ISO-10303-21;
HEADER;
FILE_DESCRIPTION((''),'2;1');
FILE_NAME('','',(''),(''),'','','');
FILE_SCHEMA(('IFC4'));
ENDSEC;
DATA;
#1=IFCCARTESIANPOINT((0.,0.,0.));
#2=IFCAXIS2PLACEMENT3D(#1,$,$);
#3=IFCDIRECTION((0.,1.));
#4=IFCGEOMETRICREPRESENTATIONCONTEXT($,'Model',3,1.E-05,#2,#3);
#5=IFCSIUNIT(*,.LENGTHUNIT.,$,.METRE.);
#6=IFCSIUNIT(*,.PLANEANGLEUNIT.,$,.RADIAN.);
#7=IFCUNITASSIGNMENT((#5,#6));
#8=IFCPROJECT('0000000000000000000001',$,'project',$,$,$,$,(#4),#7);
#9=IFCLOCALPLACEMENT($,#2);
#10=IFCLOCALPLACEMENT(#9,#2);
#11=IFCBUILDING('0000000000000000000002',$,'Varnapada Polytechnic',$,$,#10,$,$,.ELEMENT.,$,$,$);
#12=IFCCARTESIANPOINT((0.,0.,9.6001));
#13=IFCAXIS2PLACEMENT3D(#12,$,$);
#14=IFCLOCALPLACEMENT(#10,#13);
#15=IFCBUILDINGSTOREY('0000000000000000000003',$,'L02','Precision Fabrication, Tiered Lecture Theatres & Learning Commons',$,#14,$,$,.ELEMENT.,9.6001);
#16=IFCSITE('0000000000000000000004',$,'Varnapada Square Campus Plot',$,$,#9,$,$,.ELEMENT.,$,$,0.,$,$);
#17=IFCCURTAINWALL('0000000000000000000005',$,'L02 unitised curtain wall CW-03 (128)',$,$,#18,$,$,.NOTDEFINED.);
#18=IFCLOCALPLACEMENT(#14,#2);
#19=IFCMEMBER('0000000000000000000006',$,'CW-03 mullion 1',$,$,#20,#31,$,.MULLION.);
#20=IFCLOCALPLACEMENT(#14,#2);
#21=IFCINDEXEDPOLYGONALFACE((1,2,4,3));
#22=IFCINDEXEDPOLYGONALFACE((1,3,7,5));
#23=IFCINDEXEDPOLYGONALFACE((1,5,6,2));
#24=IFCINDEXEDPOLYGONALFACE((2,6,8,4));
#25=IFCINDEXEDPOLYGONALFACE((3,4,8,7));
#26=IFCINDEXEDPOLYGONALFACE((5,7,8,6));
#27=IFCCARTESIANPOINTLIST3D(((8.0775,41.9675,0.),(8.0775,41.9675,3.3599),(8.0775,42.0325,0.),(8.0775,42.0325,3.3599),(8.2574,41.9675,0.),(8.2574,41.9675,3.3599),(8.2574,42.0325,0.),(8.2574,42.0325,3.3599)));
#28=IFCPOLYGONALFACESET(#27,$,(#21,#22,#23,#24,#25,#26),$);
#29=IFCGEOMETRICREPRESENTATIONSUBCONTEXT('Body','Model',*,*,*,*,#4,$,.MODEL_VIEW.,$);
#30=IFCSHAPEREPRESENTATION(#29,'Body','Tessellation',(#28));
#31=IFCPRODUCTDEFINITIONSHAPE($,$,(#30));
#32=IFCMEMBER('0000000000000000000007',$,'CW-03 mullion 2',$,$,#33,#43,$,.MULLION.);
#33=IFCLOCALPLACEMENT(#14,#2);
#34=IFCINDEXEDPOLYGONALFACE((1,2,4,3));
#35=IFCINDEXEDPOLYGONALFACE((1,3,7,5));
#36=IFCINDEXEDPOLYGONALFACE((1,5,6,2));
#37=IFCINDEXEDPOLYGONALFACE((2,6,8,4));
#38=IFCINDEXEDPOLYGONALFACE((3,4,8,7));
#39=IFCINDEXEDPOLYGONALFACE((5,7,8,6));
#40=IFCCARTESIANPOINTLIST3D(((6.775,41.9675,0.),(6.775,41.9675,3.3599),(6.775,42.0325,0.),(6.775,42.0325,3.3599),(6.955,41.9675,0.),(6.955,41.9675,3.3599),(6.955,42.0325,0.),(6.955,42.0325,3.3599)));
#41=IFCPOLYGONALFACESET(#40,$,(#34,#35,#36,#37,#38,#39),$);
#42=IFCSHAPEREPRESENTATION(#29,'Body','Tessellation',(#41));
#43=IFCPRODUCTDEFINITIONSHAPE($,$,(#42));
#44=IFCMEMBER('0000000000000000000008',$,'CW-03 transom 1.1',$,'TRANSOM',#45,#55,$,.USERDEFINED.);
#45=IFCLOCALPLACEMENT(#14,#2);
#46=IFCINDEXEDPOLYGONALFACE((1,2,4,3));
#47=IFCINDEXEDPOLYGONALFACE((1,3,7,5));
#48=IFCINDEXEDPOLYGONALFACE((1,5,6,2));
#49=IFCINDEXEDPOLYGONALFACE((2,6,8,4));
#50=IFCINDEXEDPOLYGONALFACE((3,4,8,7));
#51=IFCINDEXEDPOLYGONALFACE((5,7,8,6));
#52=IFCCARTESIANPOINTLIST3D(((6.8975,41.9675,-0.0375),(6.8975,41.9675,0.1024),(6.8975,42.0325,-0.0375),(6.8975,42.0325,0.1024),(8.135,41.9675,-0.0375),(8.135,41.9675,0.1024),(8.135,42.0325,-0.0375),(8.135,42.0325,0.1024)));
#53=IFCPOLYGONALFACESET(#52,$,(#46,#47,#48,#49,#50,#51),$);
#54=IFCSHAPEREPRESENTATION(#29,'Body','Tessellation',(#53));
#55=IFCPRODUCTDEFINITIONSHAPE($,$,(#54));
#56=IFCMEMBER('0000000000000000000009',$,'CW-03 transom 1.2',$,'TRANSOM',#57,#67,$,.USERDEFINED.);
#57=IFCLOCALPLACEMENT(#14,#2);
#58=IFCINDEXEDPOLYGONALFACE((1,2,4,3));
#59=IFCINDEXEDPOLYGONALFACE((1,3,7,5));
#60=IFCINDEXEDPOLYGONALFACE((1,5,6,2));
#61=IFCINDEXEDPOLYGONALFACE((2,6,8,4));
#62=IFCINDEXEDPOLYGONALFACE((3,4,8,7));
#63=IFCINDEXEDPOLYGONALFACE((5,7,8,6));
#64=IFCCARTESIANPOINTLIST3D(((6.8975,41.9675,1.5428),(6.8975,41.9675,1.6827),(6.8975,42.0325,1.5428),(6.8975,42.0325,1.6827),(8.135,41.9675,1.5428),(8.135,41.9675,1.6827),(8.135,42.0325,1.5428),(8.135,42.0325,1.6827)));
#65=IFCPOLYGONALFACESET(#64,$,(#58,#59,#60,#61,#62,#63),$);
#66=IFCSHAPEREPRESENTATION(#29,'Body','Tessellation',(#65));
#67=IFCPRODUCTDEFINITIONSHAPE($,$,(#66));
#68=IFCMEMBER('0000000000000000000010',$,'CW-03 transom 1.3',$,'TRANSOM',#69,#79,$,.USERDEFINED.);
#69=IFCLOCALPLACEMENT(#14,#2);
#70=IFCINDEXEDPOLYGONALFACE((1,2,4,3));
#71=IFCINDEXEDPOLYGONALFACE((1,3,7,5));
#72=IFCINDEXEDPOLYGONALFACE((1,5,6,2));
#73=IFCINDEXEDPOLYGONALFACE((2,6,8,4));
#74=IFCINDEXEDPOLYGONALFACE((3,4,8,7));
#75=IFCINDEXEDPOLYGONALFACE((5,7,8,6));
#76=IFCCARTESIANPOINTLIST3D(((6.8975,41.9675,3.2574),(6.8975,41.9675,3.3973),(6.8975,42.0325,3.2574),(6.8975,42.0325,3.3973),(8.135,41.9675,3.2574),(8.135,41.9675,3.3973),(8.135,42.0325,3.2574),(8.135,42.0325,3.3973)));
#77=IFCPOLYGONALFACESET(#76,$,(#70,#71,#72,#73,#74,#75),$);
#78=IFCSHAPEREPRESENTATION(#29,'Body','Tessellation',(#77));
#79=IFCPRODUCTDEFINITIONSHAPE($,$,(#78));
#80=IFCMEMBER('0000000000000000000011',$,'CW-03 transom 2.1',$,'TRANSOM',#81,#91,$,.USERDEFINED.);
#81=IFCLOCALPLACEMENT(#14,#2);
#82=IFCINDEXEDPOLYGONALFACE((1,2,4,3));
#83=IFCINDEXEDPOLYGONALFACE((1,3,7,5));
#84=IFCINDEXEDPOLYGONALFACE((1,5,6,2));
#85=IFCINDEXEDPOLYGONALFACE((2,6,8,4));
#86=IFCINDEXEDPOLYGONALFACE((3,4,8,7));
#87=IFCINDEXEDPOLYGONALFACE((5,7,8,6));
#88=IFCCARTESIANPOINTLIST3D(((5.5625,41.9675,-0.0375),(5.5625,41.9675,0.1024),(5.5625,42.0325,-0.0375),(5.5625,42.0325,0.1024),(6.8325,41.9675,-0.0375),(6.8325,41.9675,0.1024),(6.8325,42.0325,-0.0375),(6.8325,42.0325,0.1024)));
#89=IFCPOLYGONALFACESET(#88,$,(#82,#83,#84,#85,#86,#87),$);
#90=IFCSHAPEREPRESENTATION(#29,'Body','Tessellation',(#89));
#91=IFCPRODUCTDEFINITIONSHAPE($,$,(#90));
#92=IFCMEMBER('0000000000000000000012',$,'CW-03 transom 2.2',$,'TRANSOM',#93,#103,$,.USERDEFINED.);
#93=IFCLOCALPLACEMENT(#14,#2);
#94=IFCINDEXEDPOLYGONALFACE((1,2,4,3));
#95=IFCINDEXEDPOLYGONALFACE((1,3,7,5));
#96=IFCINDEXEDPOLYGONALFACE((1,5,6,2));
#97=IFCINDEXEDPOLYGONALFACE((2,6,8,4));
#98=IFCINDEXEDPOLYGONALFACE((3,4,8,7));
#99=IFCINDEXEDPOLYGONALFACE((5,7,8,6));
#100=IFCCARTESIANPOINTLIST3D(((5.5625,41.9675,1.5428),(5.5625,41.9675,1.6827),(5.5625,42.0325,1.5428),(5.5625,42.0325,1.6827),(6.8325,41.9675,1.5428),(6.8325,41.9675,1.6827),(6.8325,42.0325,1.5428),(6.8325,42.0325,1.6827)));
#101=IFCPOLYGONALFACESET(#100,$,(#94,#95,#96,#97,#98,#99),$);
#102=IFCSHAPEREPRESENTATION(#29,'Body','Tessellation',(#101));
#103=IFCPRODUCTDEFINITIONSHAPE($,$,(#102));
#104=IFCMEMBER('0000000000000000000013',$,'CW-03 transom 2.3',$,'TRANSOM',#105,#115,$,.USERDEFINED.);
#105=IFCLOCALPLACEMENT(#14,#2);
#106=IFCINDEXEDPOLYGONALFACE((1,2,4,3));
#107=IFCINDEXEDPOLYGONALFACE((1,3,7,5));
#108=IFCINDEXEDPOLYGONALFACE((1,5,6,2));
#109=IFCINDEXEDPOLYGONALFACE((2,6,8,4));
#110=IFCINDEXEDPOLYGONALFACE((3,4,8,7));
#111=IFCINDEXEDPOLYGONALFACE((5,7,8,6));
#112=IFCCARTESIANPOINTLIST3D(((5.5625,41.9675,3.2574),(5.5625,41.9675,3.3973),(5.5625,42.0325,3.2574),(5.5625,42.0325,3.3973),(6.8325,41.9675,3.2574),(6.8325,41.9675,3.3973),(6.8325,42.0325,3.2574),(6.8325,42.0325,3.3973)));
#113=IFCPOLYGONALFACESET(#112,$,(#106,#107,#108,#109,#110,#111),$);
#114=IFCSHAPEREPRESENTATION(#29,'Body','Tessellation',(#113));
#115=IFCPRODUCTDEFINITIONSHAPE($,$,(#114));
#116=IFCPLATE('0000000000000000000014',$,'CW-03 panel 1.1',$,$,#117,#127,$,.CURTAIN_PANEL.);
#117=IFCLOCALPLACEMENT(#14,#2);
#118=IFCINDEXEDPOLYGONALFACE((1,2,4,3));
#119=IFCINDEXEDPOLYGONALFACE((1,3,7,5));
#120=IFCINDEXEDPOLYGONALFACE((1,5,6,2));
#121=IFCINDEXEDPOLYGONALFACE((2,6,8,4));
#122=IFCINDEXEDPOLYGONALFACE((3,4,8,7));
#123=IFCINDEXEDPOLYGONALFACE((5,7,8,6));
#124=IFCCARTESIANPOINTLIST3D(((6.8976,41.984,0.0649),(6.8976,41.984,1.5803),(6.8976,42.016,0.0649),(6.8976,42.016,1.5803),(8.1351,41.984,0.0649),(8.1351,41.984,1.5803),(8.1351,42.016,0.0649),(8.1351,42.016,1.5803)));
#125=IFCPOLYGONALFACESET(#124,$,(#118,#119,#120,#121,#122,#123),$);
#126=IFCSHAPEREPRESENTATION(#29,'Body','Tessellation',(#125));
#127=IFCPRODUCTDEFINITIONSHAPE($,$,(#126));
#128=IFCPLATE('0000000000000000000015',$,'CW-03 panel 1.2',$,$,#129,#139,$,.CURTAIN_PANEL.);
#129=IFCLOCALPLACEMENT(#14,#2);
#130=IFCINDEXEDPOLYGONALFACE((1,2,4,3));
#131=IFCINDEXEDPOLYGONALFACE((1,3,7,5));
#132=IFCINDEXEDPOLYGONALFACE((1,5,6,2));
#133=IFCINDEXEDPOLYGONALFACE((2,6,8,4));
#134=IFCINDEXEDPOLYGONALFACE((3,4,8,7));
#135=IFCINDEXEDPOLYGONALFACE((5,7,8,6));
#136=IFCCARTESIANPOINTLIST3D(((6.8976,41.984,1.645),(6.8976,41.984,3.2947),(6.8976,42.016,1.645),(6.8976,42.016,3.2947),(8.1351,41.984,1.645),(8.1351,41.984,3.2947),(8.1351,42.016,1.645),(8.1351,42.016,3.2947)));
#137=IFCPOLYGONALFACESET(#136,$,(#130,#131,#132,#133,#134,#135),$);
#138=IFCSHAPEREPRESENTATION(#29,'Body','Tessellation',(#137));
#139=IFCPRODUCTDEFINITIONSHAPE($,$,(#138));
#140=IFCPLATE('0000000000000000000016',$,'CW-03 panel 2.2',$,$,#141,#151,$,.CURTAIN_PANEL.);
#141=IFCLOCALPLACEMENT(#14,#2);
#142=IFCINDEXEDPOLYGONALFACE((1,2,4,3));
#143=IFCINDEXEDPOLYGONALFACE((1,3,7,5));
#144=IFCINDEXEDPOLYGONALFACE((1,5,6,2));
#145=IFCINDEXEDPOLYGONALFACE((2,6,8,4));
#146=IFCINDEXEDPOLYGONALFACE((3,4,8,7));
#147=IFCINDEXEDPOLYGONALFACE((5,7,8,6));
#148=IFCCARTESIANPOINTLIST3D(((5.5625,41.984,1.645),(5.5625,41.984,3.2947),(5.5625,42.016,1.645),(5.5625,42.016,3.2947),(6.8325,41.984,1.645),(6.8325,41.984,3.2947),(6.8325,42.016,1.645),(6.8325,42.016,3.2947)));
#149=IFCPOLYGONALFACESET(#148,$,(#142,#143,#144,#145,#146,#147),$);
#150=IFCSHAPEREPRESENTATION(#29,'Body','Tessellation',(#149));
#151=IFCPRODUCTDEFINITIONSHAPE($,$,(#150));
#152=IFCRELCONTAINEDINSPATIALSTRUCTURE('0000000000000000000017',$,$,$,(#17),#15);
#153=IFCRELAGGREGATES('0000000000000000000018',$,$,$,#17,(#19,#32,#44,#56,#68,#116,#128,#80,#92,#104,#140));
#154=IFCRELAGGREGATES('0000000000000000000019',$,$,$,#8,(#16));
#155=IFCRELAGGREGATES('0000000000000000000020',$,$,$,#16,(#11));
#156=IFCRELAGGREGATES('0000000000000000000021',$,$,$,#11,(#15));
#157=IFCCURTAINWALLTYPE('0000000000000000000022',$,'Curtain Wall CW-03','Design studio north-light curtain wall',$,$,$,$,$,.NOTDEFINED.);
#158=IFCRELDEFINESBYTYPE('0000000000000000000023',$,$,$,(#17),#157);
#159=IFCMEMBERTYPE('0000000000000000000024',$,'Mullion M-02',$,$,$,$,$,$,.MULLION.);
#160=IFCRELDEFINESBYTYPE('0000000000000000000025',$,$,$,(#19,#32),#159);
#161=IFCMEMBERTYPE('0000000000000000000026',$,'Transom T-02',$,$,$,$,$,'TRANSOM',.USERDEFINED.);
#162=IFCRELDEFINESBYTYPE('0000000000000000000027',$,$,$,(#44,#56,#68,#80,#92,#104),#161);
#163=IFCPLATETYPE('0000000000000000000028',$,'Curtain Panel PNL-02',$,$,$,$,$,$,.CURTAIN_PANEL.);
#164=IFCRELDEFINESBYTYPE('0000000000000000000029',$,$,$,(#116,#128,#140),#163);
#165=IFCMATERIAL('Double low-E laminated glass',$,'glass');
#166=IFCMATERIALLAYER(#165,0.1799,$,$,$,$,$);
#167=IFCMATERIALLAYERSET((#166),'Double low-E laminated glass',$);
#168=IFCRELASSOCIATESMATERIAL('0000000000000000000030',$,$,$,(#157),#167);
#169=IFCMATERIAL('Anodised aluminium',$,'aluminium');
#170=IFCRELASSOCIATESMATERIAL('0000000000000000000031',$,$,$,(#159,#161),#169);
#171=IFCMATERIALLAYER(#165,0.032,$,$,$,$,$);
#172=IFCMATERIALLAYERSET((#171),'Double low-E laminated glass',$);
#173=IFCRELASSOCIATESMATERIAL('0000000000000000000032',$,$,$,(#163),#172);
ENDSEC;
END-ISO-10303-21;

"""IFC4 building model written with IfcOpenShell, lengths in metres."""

from ifc_helpers import new_model, si_unit, direction, frame, origin, origin_2d, place, context, subcontext, project, spatial, rectangle, extrude, material, layer, layer_set, material_profile, profile_set, type_object, element, aggregate, save


model = new_model("IFC4")

# Units and contexts
model_context = context("Model", 3, precision=1e-05, world=origin(), true_north=direction((0.0, 1.0)))
body_context = subcontext(model_context, "Body", "Model", "MODEL_VIEW")
ifc_project = project(units=[si_unit("LENGTHUNIT", "METRE"), si_unit("PLANEANGLEUNIT", "RADIAN")], contexts=[model_context])

# Site, building, storey
site_placement = place(None, origin())
site = spatial("IfcSite", under=ifc_project, at=site_placement, Name="Varnapada Square Campus Plot", CompositionType="ELEMENT", RefElevation=0.0)
building_placement = place(site_placement, origin())
building = spatial("IfcBuilding", under=site, at=building_placement, Name="Varnapada Polytechnic", CompositionType="ELEMENT")
storey_placement = place(building_placement, frame((0.0, 0.0, 9.6001)))
storey = spatial("IfcBuildingStorey", under=building, at=storey_placement, Name="L02", Description="Precision Fabrication, Tiered Lecture Theatres & Learning Commons", CompositionType="ELEMENT", Elevation=9.6001)

# Curtain wall, members, plates
ifc_material_1 = material(Name="Double low-E laminated glass", Category="glass")
ifc_layer_1 = layer(ifc_material_1, 0.1799)
ifc_layer_set_1 = layer_set([ifc_layer_1], Name="Double low-E laminated glass")
curtain_wall_type = type_object("IfcCurtainWallType", Name="Curtain Wall CW-03", Description="Design studio north-light curtain wall", PredefinedType="NOTDEFINED", material=ifc_layer_set_1)
curtain_wall_placement = place(storey_placement, origin())
curtain_wall = element("IfcCurtainWall", 1, at=curtain_wall_placement, inside=storey, type_object=curtain_wall_type, Name="L02 unitised curtain wall CW-03 (128)", PredefinedType="NOTDEFINED")
ifc_material_2 = material(Name="Anodised aluminium", Category="aluminium")
ifc_material_profile_1 = material_profile(ifc_material_2, rectangle(XDim=0.0649, YDim=0.1799, at=origin_2d()), Name="ALU M65x180")
ifc_profile_set_1 = profile_set([ifc_material_profile_1], Name="Anodised aluminium")
member_type_1 = type_object("IfcMemberType", Name="Mullion M-02", PredefinedType="MULLION", material=ifc_profile_set_1)
member_1_placement = place(storey_placement, frame((8.1675, 42.0, 0.0), z_axis=(0.0, 0.0, 1.0), x_axis=(0.0, -1.0, 0.0)))
member_1 = element("IfcMember", 2, at=member_1_placement, type_object=member_type_1, Name="CW-03 mullion 1", PredefinedType="MULLION", context=body_context, shape_type="SweptSolid", body=[
    extrude(rectangle(XDim=0.0649, YDim=0.1799, at=origin_2d()), origin(), (0.0, 0.0, 1.0), 3.3599),
])
member_2_placement = place(storey_placement, frame((6.865, 42.0, 0.0), z_axis=(0.0, 0.0, 1.0), x_axis=(0.0, -1.0, 0.0)))
member_2 = element("IfcMember", 3, at=member_2_placement, type_object=member_type_1, Name="CW-03 mullion 2", PredefinedType="MULLION", context=body_context, shape_type="SweptSolid", body=[
    extrude(rectangle(XDim=0.0649, YDim=0.1799, at=origin_2d()), origin(), (0.0, 0.0, 1.0), 3.3599),
])
ifc_material_profile_2 = material_profile(ifc_material_2, rectangle(XDim=0.0649, YDim=0.1399, at=origin_2d()), Name="ALU T65x140")
ifc_profile_set_2 = profile_set([ifc_material_profile_2], Name="Anodised aluminium")
member_type_2 = type_object("IfcMemberType", Name="Transom T-02", ElementType="TRANSOM", PredefinedType="USERDEFINED", material=ifc_profile_set_2)
member_3_placement = place(storey_placement, frame((8.135, 42.0, 0.0325), z_axis=(-1.0, 0.0, 0.0), x_axis=(0.0, -1.0, 0.0)))
member_3 = element("IfcMember", 4, at=member_3_placement, type_object=member_type_2, Name="CW-03 transom 1.1", ObjectType="TRANSOM", PredefinedType="USERDEFINED", context=body_context, shape_type="SweptSolid", body=[
    extrude(rectangle(XDim=0.0649, YDim=0.1399, at=origin_2d()), origin(), (0.0, 0.0, 1.0), 1.2375),
])
member_4_placement = place(storey_placement, frame((8.135, 42.0, 1.6128), z_axis=(-1.0, 0.0, 0.0), x_axis=(0.0, -1.0, 0.0)))
member_4 = element("IfcMember", 5, at=member_4_placement, type_object=member_type_2, Name="CW-03 transom 1.2", ObjectType="TRANSOM", PredefinedType="USERDEFINED", context=body_context, shape_type="SweptSolid", body=[
    extrude(rectangle(XDim=0.0649, YDim=0.1399, at=origin_2d()), origin(), (0.0, 0.0, 1.0), 1.2375),
])
member_5_placement = place(storey_placement, frame((8.135, 42.0, 3.3274), z_axis=(-1.0, 0.0, 0.0), x_axis=(0.0, -1.0, 0.0)))
member_5 = element("IfcMember", 6, at=member_5_placement, type_object=member_type_2, Name="CW-03 transom 1.3", ObjectType="TRANSOM", PredefinedType="USERDEFINED", context=body_context, shape_type="SweptSolid", body=[
    extrude(rectangle(XDim=0.0649, YDim=0.1399, at=origin_2d()), origin(), (0.0, 0.0, 1.0), 1.2375),
])
member_6_placement = place(storey_placement, frame((6.8325, 42.0, 0.0325), z_axis=(-1.0, 0.0, 0.0), x_axis=(0.0, -1.0, 0.0)))
member_6 = element("IfcMember", 7, at=member_6_placement, type_object=member_type_2, Name="CW-03 transom 2.1", ObjectType="TRANSOM", PredefinedType="USERDEFINED", context=body_context, shape_type="SweptSolid", body=[
    extrude(rectangle(XDim=0.0649, YDim=0.1399, at=origin_2d()), origin(), (0.0, 0.0, 1.0), 1.27),
])
member_7_placement = place(storey_placement, frame((6.8325, 42.0, 1.6128), z_axis=(-1.0, 0.0, 0.0), x_axis=(0.0, -1.0, 0.0)))
member_7 = element("IfcMember", 8, at=member_7_placement, type_object=member_type_2, Name="CW-03 transom 2.2", ObjectType="TRANSOM", PredefinedType="USERDEFINED", context=body_context, shape_type="SweptSolid", body=[
    extrude(rectangle(XDim=0.0649, YDim=0.1399, at=origin_2d()), origin(), (0.0, 0.0, 1.0), 1.27),
])
member_8_placement = place(storey_placement, frame((6.8325, 42.0, 3.3274), z_axis=(-1.0, 0.0, 0.0), x_axis=(0.0, -1.0, 0.0)))
member_8 = element("IfcMember", 9, at=member_8_placement, type_object=member_type_2, Name="CW-03 transom 2.3", ObjectType="TRANSOM", PredefinedType="USERDEFINED", context=body_context, shape_type="SweptSolid", body=[
    extrude(rectangle(XDim=0.0649, YDim=0.1399, at=origin_2d()), origin(), (0.0, 0.0, 1.0), 1.27),
])
ifc_layer_2 = layer(ifc_material_1, 0.032)
ifc_layer_set_2 = layer_set([ifc_layer_2], Name="Double low-E laminated glass")
plate_type = type_object("IfcPlateType", Name="Curtain Panel PNL-02", PredefinedType="CURTAIN_PANEL", material=ifc_layer_set_2)
plate_1_placement = place(storey_placement, frame((7.5164, 42.0, 0.0649), z_axis=(0.0, 0.0, 1.0), x_axis=(-1.0, 0.0, 0.0)))
plate_1 = element("IfcPlate", 10, at=plate_1_placement, type_object=plate_type, Name="CW-03 panel 1.1", PredefinedType="CURTAIN_PANEL", context=body_context, shape_type="SweptSolid", body=[
    extrude(rectangle(XDim=1.2375, YDim=0.032, at=origin_2d()), origin(), (0.0, 0.0, 1.0), 1.5154),
])
plate_2_placement = place(storey_placement, frame((7.5164, 42.0, 1.645), z_axis=(0.0, 0.0, 1.0), x_axis=(-1.0, 0.0, 0.0)))
plate_2 = element("IfcPlate", 11, at=plate_2_placement, type_object=plate_type, Name="CW-03 panel 1.2", PredefinedType="CURTAIN_PANEL", context=body_context, shape_type="SweptSolid", body=[
    extrude(rectangle(XDim=1.2375, YDim=0.032, at=origin_2d()), origin(), (0.0, 0.0, 1.0), 1.6497),
])
plate_3_placement = place(storey_placement, frame((6.1975, 42.0, 1.645), z_axis=(0.0, 0.0, 1.0), x_axis=(-1.0, 0.0, 0.0)))
plate_3 = element("IfcPlate", 12, at=plate_3_placement, type_object=plate_type, Name="CW-03 panel 2.2", PredefinedType="CURTAIN_PANEL", context=body_context, shape_type="SweptSolid", body=[
    extrude(rectangle(XDim=1.27, YDim=0.032, at=origin_2d()), origin(), (0.0, 0.0, 1.0), 1.6497),
])
aggregate(curtain_wall, [member_1, member_2, member_3, member_4, member_5, plate_1, plate_2, member_6, member_7, member_8, plate_3])

save(model, "model.ifc")
